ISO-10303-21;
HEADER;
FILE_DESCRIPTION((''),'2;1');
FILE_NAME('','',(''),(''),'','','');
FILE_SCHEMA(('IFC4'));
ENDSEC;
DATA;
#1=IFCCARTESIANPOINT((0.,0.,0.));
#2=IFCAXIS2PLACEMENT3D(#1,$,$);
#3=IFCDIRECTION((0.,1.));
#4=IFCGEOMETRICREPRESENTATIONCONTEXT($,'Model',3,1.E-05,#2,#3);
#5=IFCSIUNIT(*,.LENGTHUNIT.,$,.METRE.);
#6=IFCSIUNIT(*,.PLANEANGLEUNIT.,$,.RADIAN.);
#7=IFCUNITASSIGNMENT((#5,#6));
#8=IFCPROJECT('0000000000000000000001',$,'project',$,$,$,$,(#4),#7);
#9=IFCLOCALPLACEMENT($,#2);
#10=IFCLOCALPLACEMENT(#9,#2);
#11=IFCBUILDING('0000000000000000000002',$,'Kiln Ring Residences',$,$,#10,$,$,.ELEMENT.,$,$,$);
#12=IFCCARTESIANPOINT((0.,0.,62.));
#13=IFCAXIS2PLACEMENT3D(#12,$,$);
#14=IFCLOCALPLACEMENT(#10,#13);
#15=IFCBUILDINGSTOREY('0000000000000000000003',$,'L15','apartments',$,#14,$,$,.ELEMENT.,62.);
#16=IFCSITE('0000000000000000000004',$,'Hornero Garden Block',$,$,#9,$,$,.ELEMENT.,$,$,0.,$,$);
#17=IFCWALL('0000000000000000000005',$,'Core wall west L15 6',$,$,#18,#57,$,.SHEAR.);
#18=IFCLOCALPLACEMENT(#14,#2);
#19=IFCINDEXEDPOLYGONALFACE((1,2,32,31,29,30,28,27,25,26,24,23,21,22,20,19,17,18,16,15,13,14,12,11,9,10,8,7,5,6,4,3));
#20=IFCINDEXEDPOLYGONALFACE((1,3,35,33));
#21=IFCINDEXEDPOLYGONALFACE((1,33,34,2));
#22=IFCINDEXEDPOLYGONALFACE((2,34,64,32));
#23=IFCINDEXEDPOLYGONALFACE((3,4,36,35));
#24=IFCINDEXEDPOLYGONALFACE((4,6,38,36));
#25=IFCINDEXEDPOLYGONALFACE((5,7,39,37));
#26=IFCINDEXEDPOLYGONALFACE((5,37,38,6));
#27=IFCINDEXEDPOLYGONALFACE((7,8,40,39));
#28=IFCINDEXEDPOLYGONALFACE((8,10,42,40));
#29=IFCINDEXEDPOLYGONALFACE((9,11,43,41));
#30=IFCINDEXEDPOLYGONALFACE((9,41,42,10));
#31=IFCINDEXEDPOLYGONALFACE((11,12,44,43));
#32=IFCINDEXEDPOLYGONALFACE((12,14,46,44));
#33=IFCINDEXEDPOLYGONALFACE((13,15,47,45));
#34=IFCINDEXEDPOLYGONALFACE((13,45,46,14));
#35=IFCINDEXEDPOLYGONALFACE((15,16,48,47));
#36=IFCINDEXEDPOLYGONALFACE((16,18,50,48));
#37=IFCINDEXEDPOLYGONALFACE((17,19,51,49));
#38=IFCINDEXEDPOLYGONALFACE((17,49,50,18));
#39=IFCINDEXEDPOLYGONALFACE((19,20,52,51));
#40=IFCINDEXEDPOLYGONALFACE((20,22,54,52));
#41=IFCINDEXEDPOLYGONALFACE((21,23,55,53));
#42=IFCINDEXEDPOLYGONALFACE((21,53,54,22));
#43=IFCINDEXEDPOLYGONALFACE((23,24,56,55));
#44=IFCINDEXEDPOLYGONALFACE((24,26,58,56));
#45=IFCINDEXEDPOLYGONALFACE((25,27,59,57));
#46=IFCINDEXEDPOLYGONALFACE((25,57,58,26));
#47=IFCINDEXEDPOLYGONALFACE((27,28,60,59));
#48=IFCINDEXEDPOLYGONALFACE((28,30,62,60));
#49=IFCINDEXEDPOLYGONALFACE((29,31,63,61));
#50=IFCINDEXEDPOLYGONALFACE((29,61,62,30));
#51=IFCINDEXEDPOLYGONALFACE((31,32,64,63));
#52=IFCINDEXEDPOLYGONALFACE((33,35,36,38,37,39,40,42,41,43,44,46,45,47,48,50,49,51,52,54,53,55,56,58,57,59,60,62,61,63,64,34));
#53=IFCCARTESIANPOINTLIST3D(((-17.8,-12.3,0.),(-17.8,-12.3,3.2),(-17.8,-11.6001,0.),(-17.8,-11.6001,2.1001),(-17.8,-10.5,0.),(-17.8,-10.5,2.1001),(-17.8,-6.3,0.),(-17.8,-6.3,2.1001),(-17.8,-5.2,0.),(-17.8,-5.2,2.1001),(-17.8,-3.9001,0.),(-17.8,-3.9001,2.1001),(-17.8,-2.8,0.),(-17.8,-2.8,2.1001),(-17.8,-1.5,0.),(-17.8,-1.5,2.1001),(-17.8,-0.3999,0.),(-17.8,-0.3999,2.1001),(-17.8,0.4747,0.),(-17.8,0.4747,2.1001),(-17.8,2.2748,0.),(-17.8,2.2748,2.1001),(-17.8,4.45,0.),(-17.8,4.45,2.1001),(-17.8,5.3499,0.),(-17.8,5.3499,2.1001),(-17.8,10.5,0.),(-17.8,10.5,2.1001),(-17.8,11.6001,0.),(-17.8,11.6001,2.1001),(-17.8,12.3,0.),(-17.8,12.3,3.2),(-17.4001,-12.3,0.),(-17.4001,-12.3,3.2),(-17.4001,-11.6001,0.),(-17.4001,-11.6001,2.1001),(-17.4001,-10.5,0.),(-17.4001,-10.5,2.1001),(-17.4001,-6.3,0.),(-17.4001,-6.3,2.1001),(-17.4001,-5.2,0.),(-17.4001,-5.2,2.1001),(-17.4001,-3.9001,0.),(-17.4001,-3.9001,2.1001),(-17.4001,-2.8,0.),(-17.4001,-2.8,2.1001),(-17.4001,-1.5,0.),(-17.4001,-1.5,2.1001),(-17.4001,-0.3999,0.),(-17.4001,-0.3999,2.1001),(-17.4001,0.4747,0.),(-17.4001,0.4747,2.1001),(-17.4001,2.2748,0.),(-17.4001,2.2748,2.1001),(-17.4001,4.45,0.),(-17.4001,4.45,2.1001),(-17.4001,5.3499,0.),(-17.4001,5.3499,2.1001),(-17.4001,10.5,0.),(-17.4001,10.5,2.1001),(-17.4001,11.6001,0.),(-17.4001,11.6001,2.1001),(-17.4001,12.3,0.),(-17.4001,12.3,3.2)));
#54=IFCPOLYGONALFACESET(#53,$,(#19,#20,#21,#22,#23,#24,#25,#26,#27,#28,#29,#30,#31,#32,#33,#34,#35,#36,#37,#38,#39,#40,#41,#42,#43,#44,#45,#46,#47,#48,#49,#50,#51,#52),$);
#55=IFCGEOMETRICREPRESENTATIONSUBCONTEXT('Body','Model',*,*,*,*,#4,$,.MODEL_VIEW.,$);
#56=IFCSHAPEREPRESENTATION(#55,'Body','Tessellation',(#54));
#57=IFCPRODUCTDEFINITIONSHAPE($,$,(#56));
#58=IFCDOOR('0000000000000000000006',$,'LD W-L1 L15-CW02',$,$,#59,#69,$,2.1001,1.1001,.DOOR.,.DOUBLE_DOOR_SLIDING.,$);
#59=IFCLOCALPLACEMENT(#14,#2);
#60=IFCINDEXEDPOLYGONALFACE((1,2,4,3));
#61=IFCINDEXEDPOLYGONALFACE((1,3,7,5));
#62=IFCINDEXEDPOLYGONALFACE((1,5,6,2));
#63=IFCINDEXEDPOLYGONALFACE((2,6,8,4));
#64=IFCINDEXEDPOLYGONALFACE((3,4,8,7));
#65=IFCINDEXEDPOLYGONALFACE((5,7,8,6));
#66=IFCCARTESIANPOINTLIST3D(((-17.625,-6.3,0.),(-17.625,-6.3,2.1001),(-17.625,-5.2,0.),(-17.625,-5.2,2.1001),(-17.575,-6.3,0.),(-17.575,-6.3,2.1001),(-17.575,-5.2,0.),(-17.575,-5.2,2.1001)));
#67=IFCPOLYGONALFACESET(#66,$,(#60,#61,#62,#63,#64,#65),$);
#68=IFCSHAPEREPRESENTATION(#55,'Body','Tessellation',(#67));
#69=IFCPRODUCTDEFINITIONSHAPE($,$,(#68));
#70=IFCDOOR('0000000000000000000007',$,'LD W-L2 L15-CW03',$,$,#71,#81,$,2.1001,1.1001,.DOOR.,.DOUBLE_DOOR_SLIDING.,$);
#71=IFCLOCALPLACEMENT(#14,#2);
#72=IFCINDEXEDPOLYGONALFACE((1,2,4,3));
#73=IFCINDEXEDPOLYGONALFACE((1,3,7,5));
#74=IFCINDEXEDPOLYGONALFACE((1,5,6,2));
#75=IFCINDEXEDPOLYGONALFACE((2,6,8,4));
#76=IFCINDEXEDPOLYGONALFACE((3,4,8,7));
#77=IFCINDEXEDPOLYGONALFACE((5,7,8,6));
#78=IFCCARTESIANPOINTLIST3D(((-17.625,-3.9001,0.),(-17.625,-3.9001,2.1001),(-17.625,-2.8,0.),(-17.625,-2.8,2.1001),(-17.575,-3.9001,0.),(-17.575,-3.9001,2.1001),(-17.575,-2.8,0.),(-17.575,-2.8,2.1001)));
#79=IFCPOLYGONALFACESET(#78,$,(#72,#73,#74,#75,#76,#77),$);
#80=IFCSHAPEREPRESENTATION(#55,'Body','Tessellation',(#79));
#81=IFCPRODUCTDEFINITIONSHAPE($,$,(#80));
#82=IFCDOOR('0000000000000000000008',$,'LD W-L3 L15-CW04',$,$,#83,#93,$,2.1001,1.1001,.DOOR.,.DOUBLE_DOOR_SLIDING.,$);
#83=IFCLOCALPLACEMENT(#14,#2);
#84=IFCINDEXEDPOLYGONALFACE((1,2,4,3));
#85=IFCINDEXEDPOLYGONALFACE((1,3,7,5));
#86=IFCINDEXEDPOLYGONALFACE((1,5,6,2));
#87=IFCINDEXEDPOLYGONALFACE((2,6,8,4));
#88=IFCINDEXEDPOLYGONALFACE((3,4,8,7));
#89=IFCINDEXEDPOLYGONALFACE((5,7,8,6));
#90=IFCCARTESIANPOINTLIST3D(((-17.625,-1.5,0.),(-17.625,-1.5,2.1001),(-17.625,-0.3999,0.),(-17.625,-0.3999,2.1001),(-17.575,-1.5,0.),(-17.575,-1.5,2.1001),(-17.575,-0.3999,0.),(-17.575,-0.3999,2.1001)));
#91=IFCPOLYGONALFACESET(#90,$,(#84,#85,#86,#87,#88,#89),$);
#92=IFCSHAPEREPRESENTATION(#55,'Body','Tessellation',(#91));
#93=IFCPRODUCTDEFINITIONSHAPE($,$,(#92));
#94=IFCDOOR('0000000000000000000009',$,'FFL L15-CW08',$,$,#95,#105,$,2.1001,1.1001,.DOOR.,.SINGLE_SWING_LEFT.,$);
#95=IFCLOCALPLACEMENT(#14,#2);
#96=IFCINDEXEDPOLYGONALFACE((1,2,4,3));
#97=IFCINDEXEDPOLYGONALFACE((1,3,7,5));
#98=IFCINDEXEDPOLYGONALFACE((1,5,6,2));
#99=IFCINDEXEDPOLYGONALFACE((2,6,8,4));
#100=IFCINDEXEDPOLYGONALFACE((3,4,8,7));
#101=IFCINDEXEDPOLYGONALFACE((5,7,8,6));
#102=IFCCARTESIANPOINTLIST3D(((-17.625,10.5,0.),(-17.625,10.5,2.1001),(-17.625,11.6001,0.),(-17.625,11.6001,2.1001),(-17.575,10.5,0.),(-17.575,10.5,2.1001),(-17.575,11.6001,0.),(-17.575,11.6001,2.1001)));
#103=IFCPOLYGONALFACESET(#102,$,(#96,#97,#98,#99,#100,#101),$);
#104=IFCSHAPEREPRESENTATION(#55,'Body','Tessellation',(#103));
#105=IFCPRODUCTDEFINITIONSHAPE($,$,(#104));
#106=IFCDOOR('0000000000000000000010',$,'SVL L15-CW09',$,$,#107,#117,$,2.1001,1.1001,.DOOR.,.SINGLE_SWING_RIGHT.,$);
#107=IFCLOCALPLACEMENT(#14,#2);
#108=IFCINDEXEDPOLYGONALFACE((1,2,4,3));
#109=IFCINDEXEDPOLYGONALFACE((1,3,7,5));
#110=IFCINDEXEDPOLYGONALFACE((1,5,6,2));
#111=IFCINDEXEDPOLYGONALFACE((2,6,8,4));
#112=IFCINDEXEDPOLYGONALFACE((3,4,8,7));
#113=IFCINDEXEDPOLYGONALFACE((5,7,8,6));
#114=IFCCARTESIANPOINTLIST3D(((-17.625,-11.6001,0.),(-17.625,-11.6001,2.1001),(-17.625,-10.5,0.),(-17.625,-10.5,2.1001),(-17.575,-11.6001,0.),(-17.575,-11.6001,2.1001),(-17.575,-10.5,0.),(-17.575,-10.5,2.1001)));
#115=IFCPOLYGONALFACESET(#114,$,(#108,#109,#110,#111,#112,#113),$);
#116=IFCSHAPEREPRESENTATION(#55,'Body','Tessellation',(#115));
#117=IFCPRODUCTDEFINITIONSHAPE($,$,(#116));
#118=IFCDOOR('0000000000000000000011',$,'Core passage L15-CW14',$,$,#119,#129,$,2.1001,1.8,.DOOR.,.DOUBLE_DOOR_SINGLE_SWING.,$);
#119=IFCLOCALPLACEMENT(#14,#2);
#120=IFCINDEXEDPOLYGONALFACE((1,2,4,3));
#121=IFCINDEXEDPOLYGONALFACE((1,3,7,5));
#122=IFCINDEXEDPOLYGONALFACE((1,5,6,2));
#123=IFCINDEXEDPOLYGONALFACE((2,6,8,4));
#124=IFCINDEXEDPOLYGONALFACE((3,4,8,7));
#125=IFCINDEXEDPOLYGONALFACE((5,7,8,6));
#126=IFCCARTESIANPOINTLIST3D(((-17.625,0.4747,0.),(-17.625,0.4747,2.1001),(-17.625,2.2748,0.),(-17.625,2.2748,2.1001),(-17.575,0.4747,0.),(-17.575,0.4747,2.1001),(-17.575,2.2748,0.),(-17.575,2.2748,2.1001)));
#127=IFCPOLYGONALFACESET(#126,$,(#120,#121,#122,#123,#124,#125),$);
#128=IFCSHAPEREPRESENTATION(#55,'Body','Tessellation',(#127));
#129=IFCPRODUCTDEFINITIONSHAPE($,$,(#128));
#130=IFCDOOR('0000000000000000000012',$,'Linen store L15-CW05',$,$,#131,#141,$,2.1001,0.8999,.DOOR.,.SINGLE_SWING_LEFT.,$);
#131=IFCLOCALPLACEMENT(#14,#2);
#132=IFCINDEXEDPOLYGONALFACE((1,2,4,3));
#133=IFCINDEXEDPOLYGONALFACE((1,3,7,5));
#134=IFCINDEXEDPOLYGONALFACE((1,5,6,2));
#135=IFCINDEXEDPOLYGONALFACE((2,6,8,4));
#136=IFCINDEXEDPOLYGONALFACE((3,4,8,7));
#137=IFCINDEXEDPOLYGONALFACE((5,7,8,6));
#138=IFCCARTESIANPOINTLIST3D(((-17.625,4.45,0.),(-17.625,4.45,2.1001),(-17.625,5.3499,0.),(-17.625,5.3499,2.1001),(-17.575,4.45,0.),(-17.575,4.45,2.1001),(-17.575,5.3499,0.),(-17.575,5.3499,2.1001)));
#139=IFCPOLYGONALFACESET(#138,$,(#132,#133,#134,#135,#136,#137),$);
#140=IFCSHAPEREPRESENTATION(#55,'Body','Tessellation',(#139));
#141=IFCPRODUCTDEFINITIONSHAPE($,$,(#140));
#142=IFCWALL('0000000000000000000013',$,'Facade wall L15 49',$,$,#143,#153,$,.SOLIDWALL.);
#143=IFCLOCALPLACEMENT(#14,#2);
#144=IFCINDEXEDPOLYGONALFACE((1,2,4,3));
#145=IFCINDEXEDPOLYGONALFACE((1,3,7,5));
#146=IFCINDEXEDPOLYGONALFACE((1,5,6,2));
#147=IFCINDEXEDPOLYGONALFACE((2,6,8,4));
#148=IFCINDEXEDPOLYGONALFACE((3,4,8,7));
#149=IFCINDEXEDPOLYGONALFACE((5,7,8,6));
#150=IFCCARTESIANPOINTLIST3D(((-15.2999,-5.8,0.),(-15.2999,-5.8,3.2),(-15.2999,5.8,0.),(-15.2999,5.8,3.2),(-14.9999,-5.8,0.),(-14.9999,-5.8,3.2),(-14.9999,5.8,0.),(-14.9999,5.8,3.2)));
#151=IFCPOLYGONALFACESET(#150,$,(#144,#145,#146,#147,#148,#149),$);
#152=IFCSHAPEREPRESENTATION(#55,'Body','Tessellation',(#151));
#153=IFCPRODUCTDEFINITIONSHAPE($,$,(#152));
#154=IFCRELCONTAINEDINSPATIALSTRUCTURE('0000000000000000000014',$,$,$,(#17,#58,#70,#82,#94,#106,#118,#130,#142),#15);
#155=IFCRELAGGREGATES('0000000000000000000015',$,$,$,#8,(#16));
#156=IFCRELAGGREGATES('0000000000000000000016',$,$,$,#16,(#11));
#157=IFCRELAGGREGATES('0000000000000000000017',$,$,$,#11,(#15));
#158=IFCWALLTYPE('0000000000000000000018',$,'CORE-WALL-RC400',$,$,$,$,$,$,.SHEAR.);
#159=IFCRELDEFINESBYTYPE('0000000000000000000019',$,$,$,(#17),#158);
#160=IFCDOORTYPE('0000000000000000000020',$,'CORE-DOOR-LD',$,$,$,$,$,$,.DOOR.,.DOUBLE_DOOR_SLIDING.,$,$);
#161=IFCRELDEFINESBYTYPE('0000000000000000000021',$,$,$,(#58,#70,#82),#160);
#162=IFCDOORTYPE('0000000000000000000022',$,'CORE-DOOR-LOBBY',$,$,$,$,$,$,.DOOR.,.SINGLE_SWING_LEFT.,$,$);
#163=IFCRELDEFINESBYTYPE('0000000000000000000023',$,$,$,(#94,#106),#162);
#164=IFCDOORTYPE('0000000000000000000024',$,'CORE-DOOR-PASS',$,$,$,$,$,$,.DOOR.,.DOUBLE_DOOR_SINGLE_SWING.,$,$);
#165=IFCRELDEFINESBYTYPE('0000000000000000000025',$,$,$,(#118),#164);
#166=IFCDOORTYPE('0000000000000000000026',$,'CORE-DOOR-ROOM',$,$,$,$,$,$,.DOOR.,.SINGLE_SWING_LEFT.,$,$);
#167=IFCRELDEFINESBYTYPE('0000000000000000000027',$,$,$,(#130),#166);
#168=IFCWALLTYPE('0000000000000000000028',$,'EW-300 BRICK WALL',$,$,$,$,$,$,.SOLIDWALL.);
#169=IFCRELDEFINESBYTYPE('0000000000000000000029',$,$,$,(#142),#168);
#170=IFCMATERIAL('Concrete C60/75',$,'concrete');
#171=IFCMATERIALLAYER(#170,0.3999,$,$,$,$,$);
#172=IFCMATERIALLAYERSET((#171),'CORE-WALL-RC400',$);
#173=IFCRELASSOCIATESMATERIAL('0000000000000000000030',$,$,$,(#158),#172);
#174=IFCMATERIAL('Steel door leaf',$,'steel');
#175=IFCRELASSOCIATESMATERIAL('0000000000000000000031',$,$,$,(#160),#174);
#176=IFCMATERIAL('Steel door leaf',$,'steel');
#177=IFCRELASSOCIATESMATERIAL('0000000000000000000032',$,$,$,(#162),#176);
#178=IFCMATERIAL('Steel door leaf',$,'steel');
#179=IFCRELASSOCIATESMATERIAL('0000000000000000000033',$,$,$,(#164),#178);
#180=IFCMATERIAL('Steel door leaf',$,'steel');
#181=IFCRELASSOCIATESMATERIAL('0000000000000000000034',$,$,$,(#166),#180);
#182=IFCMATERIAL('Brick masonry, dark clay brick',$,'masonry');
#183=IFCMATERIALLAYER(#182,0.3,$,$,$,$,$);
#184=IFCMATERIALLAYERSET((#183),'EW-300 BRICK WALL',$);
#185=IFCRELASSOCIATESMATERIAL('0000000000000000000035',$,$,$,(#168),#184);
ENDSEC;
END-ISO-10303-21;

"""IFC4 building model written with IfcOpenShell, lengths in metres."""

from ifc_helpers import new_model, si_unit, direction, frame, frame_2d, origin, place, context, subcontext, project, spatial, rectangle, extrude, material, layer, layer_set, type_object, element, fill, save


model = new_model("IFC4")

# Units and contexts
model_context = context("Model", 3, precision=1e-05, world=origin(), true_north=direction((0.0, 1.0)))
body_context = subcontext(model_context, "Body", "Model", "MODEL_VIEW")
ifc_project = project(units=[si_unit("LENGTHUNIT", "METRE"), si_unit("PLANEANGLEUNIT", "RADIAN")], contexts=[model_context])

# Site, building, storey
site_placement = place(None, origin())
site = spatial("IfcSite", under=ifc_project, at=site_placement, Name="Hornero Garden Block", CompositionType="ELEMENT", RefElevation=0.0)
building_placement = place(site_placement, origin())
building = spatial("IfcBuilding", under=site, at=building_placement, Name="Kiln Ring Residences", CompositionType="ELEMENT")
storey_placement = place(building_placement, frame((0.0, 0.0, 62.0)))
storey = spatial("IfcBuildingStorey", under=building, at=storey_placement, Name="L15", Description="apartments", CompositionType="ELEMENT", Elevation=62.0)

# Wall, openings, doors
ifc_material_1 = material(Name="Concrete C60/75", Category="concrete")
ifc_layer_1 = layer(ifc_material_1, 0.3999)
ifc_layer_set_1 = layer_set([ifc_layer_1], Name="CORE-WALL-RC400")
wall_type_1 = type_object("IfcWallType", Name="CORE-WALL-RC400", PredefinedType="SHEAR", material=ifc_layer_set_1)
wall_1_placement = place(storey_placement, frame((-17.6001, -12.3, 0.0), z_axis=(0.0, 0.0, 1.0), x_axis=(0.0, 1.0, 0.0)))
wall_1 = element("IfcWall", 1, at=wall_1_placement, inside=storey, type_object=wall_type_1, Name="Core wall west L15 6", PredefinedType="SHEAR", context=body_context, shape_type="SweptSolid", body=[
    extrude(rectangle(XDim=24.6001, YDim=0.3999, at=frame_2d((12.3, 0.0))), origin(), (0.0, 0.0, 1.0), 3.2),
])
opening_1_placement = place(wall_1_placement, frame((6.0, 0.0, 0.0)))
opening_1 = element("IfcOpeningElement", 2, at=opening_1_placement, cuts=wall_1, PredefinedType="OPENING", context=body_context, shape_type="SweptSolid", body=[
    extrude(rectangle(XDim=1.1001, YDim=2.1001, at=frame_2d((0.55, 1.05))), frame((0.0, 0.21, 0.0), z_axis=(0.0, -1.0, 0.0), x_axis=(1.0, 0.0, 0.0)), (0.0, 0.0, 1.0), 0.4199),
])
opening_2_placement = place(wall_1_placement, frame((8.3999, 0.0, 0.0)))
opening_2 = element("IfcOpeningElement", 3, at=opening_2_placement, cuts=wall_1, PredefinedType="OPENING", context=body_context, shape_type="SweptSolid", body=[
    extrude(rectangle(XDim=1.1001, YDim=2.1001, at=frame_2d((0.55, 1.05))), frame((0.0, 0.21, 0.0), z_axis=(0.0, -1.0, 0.0), x_axis=(1.0, 0.0, 0.0)), (0.0, 0.0, 1.0), 0.4199),
])
opening_3_placement = place(wall_1_placement, frame((10.8, 0.0, 0.0)))
opening_3 = element("IfcOpeningElement", 4, at=opening_3_placement, cuts=wall_1, PredefinedType="OPENING", context=body_context, shape_type="SweptSolid", body=[
    extrude(rectangle(XDim=1.1001, YDim=2.1001, at=frame_2d((0.55, 1.05))), frame((0.0, 0.21, 0.0), z_axis=(0.0, -1.0, 0.0), x_axis=(1.0, 0.0, 0.0)), (0.0, 0.0, 1.0), 0.4199),
])
opening_4_placement = place(wall_1_placement, frame((16.75, 0.0, 0.0)))
opening_4 = element("IfcOpeningElement", 5, at=opening_4_placement, cuts=wall_1, PredefinedType="OPENING", context=body_context, shape_type="SweptSolid", body=[
    extrude(rectangle(XDim=0.8999, YDim=2.1001, at=frame_2d((0.45, 1.05))), frame((0.0, 0.21, 0.0), z_axis=(0.0, -1.0, 0.0), x_axis=(1.0, 0.0, 0.0)), (0.0, 0.0, 1.0), 0.4199),
])
opening_5_placement = place(wall_1_placement, frame((22.8, 0.0, 0.0)))
opening_5 = element("IfcOpeningElement", 6, at=opening_5_placement, cuts=wall_1, PredefinedType="OPENING", context=body_context, shape_type="SweptSolid", body=[
    extrude(rectangle(XDim=1.1001, YDim=2.1001, at=frame_2d((0.55, 1.05))), frame((0.0, 0.21, 0.0), z_axis=(0.0, -1.0, 0.0), x_axis=(1.0, 0.0, 0.0)), (0.0, 0.0, 1.0), 0.4199),
])
opening_6_placement = place(wall_1_placement, frame((0.7, 0.0, 0.0)))
opening_6 = element("IfcOpeningElement", 7, at=opening_6_placement, cuts=wall_1, PredefinedType="OPENING", context=body_context, shape_type="SweptSolid", body=[
    extrude(rectangle(XDim=1.1001, YDim=2.1001, at=frame_2d((0.55, 1.05))), frame((0.0, 0.21, 0.0), z_axis=(0.0, -1.0, 0.0), x_axis=(1.0, 0.0, 0.0)), (0.0, 0.0, 1.0), 0.4199),
])
opening_7_placement = place(wall_1_placement, frame((12.7749, 0.0, 0.0)))
opening_7 = element("IfcOpeningElement", 8, at=opening_7_placement, cuts=wall_1, PredefinedType="OPENING", context=body_context, shape_type="SweptSolid", body=[
    extrude(rectangle(XDim=1.8, YDim=2.1001, at=frame_2d((0.8999, 1.05))), frame((0.0, 0.21, 0.0), z_axis=(0.0, -1.0, 0.0), x_axis=(1.0, 0.0, 0.0)), (0.0, 0.0, 1.0), 0.4199),
])
ifc_material_2 = material(Name="Steel door leaf", Category="steel")
door_type_1 = type_object("IfcDoorType", Name="CORE-DOOR-LD", OperationType="DOUBLE_DOOR_SLIDING", PredefinedType="DOOR", material=ifc_material_2)
door_1_placement = place(opening_1_placement, origin())
door_1 = element("IfcDoor", 9, at=door_1_placement, inside=storey, type_object=door_type_1, Name="LD W-L1 L15-CW02", OperationType="DOUBLE_DOOR_SLIDING", OverallHeight=2.1001, OverallWidth=1.1001, PredefinedType="DOOR", context=body_context, shape_type="SweptSolid", body=[
    extrude(rectangle(XDim=1.1001, YDim=2.1001, at=frame_2d((0.55, 1.05))), frame((0.0, 0.0249, 0.0), z_axis=(0.0, -1.0, 0.0), x_axis=(1.0, 0.0, 0.0)), (0.0, 0.0, 1.0), 0.05),
])
fill(opening_1, door_1)
door_2_placement = place(opening_2_placement, origin())
door_2 = element("IfcDoor", 10, at=door_2_placement, inside=storey, type_object=door_type_1, Name="LD W-L2 L15-CW03", OperationType="DOUBLE_DOOR_SLIDING", OverallHeight=2.1001, OverallWidth=1.1001, PredefinedType="DOOR", context=body_context, shape_type="SweptSolid", body=[
    extrude(rectangle(XDim=1.1001, YDim=2.1001, at=frame_2d((0.55, 1.05))), frame((0.0, 0.0249, 0.0), z_axis=(0.0, -1.0, 0.0), x_axis=(1.0, 0.0, 0.0)), (0.0, 0.0, 1.0), 0.05),
])
fill(opening_2, door_2)
door_3_placement = place(opening_3_placement, origin())
door_3 = element("IfcDoor", 11, at=door_3_placement, inside=storey, type_object=door_type_1, Name="LD W-L3 L15-CW04", OperationType="DOUBLE_DOOR_SLIDING", OverallHeight=2.1001, OverallWidth=1.1001, PredefinedType="DOOR", context=body_context, shape_type="SweptSolid", body=[
    extrude(rectangle(XDim=1.1001, YDim=2.1001, at=frame_2d((0.55, 1.05))), frame((0.0, 0.0249, 0.0), z_axis=(0.0, -1.0, 0.0), x_axis=(1.0, 0.0, 0.0)), (0.0, 0.0, 1.0), 0.05),
])
fill(opening_3, door_3)
ifc_material_3 = material(Name="Steel door leaf", Category="steel")
door_type_2 = type_object("IfcDoorType", Name="CORE-DOOR-LOBBY", OperationType="SINGLE_SWING_LEFT", PredefinedType="DOOR", material=ifc_material_3)
door_4_placement = place(opening_5_placement, origin())
door_4 = element("IfcDoor", 12, at=door_4_placement, inside=storey, type_object=door_type_2, Name="FFL L15-CW08", OperationType="SINGLE_SWING_LEFT", OverallHeight=2.1001, OverallWidth=1.1001, PredefinedType="DOOR", context=body_context, shape_type="SweptSolid", body=[
    extrude(rectangle(XDim=1.1001, YDim=2.1001, at=frame_2d((0.55, 1.05))), frame((0.0, 0.0249, 0.0), z_axis=(0.0, -1.0, 0.0), x_axis=(1.0, 0.0, 0.0)), (0.0, 0.0, 1.0), 0.05),
])
fill(opening_5, door_4)
door_5_placement = place(opening_6_placement, origin())
door_5 = element("IfcDoor", 13, at=door_5_placement, inside=storey, type_object=door_type_2, Name="SVL L15-CW09", OperationType="SINGLE_SWING_RIGHT", OverallHeight=2.1001, OverallWidth=1.1001, PredefinedType="DOOR", context=body_context, shape_type="SweptSolid", body=[
    extrude(rectangle(XDim=1.1001, YDim=2.1001, at=frame_2d((0.55, 1.05))), frame((0.0, 0.0249, 0.0), z_axis=(0.0, -1.0, 0.0), x_axis=(1.0, 0.0, 0.0)), (0.0, 0.0, 1.0), 0.05),
])
fill(opening_6, door_5)
ifc_material_4 = material(Name="Steel door leaf", Category="steel")
door_type_3 = type_object("IfcDoorType", Name="CORE-DOOR-PASS", OperationType="DOUBLE_DOOR_SINGLE_SWING", PredefinedType="DOOR", material=ifc_material_4)
door_6_placement = place(opening_7_placement, origin())
door_6 = element("IfcDoor", 14, at=door_6_placement, inside=storey, type_object=door_type_3, Name="Core passage L15-CW14", OperationType="DOUBLE_DOOR_SINGLE_SWING", OverallHeight=2.1001, OverallWidth=1.8, PredefinedType="DOOR", context=body_context, shape_type="SweptSolid", body=[
    extrude(rectangle(XDim=1.8, YDim=2.1001, at=frame_2d((0.8999, 1.05))), frame((0.0, 0.0249, 0.0), z_axis=(0.0, -1.0, 0.0), x_axis=(1.0, 0.0, 0.0)), (0.0, 0.0, 1.0), 0.05),
])
fill(opening_7, door_6)
ifc_material_5 = material(Name="Steel door leaf", Category="steel")
door_type_4 = type_object("IfcDoorType", Name="CORE-DOOR-ROOM", OperationType="SINGLE_SWING_LEFT", PredefinedType="DOOR", material=ifc_material_5)
door_7_placement = place(opening_4_placement, origin())
door_7 = element("IfcDoor", 15, at=door_7_placement, inside=storey, type_object=door_type_4, Name="Linen store L15-CW05", OperationType="SINGLE_SWING_LEFT", OverallHeight=2.1001, OverallWidth=0.8999, PredefinedType="DOOR", context=body_context, shape_type="SweptSolid", body=[
    extrude(rectangle(XDim=0.8999, YDim=2.1001, at=frame_2d((0.45, 1.05))), frame((0.0, 0.0249, 0.0), z_axis=(0.0, -1.0, 0.0), x_axis=(1.0, 0.0, 0.0)), (0.0, 0.0, 1.0), 0.05),
])
fill(opening_4, door_7)

# Wall
ifc_material_6 = material(Name="Brick masonry, dark clay brick", Category="masonry")
ifc_layer_2 = layer(ifc_material_6, 0.3)
ifc_layer_set_2 = layer_set([ifc_layer_2], Name="EW-300 BRICK WALL")
wall_type_2 = type_object("IfcWallType", Name="EW-300 BRICK WALL", PredefinedType="SOLIDWALL", material=ifc_layer_set_2)
wall_2_placement = place(storey_placement, frame((-15.1499, -5.8, 0.0), z_axis=(0.0, 0.0, 1.0), x_axis=(0.0, 1.0, 0.0)))
element("IfcWall", 16, at=wall_2_placement, inside=storey, type_object=wall_type_2, Name="Facade wall L15 49", PredefinedType="SOLIDWALL", context=body_context, shape_type="SweptSolid", body=[
    extrude(rectangle(XDim=11.6001, YDim=0.3, at=frame_2d((5.8, 0.0))), origin(), (0.0, 0.0, 1.0), 3.2),
])

save(model, "model.ifc")
